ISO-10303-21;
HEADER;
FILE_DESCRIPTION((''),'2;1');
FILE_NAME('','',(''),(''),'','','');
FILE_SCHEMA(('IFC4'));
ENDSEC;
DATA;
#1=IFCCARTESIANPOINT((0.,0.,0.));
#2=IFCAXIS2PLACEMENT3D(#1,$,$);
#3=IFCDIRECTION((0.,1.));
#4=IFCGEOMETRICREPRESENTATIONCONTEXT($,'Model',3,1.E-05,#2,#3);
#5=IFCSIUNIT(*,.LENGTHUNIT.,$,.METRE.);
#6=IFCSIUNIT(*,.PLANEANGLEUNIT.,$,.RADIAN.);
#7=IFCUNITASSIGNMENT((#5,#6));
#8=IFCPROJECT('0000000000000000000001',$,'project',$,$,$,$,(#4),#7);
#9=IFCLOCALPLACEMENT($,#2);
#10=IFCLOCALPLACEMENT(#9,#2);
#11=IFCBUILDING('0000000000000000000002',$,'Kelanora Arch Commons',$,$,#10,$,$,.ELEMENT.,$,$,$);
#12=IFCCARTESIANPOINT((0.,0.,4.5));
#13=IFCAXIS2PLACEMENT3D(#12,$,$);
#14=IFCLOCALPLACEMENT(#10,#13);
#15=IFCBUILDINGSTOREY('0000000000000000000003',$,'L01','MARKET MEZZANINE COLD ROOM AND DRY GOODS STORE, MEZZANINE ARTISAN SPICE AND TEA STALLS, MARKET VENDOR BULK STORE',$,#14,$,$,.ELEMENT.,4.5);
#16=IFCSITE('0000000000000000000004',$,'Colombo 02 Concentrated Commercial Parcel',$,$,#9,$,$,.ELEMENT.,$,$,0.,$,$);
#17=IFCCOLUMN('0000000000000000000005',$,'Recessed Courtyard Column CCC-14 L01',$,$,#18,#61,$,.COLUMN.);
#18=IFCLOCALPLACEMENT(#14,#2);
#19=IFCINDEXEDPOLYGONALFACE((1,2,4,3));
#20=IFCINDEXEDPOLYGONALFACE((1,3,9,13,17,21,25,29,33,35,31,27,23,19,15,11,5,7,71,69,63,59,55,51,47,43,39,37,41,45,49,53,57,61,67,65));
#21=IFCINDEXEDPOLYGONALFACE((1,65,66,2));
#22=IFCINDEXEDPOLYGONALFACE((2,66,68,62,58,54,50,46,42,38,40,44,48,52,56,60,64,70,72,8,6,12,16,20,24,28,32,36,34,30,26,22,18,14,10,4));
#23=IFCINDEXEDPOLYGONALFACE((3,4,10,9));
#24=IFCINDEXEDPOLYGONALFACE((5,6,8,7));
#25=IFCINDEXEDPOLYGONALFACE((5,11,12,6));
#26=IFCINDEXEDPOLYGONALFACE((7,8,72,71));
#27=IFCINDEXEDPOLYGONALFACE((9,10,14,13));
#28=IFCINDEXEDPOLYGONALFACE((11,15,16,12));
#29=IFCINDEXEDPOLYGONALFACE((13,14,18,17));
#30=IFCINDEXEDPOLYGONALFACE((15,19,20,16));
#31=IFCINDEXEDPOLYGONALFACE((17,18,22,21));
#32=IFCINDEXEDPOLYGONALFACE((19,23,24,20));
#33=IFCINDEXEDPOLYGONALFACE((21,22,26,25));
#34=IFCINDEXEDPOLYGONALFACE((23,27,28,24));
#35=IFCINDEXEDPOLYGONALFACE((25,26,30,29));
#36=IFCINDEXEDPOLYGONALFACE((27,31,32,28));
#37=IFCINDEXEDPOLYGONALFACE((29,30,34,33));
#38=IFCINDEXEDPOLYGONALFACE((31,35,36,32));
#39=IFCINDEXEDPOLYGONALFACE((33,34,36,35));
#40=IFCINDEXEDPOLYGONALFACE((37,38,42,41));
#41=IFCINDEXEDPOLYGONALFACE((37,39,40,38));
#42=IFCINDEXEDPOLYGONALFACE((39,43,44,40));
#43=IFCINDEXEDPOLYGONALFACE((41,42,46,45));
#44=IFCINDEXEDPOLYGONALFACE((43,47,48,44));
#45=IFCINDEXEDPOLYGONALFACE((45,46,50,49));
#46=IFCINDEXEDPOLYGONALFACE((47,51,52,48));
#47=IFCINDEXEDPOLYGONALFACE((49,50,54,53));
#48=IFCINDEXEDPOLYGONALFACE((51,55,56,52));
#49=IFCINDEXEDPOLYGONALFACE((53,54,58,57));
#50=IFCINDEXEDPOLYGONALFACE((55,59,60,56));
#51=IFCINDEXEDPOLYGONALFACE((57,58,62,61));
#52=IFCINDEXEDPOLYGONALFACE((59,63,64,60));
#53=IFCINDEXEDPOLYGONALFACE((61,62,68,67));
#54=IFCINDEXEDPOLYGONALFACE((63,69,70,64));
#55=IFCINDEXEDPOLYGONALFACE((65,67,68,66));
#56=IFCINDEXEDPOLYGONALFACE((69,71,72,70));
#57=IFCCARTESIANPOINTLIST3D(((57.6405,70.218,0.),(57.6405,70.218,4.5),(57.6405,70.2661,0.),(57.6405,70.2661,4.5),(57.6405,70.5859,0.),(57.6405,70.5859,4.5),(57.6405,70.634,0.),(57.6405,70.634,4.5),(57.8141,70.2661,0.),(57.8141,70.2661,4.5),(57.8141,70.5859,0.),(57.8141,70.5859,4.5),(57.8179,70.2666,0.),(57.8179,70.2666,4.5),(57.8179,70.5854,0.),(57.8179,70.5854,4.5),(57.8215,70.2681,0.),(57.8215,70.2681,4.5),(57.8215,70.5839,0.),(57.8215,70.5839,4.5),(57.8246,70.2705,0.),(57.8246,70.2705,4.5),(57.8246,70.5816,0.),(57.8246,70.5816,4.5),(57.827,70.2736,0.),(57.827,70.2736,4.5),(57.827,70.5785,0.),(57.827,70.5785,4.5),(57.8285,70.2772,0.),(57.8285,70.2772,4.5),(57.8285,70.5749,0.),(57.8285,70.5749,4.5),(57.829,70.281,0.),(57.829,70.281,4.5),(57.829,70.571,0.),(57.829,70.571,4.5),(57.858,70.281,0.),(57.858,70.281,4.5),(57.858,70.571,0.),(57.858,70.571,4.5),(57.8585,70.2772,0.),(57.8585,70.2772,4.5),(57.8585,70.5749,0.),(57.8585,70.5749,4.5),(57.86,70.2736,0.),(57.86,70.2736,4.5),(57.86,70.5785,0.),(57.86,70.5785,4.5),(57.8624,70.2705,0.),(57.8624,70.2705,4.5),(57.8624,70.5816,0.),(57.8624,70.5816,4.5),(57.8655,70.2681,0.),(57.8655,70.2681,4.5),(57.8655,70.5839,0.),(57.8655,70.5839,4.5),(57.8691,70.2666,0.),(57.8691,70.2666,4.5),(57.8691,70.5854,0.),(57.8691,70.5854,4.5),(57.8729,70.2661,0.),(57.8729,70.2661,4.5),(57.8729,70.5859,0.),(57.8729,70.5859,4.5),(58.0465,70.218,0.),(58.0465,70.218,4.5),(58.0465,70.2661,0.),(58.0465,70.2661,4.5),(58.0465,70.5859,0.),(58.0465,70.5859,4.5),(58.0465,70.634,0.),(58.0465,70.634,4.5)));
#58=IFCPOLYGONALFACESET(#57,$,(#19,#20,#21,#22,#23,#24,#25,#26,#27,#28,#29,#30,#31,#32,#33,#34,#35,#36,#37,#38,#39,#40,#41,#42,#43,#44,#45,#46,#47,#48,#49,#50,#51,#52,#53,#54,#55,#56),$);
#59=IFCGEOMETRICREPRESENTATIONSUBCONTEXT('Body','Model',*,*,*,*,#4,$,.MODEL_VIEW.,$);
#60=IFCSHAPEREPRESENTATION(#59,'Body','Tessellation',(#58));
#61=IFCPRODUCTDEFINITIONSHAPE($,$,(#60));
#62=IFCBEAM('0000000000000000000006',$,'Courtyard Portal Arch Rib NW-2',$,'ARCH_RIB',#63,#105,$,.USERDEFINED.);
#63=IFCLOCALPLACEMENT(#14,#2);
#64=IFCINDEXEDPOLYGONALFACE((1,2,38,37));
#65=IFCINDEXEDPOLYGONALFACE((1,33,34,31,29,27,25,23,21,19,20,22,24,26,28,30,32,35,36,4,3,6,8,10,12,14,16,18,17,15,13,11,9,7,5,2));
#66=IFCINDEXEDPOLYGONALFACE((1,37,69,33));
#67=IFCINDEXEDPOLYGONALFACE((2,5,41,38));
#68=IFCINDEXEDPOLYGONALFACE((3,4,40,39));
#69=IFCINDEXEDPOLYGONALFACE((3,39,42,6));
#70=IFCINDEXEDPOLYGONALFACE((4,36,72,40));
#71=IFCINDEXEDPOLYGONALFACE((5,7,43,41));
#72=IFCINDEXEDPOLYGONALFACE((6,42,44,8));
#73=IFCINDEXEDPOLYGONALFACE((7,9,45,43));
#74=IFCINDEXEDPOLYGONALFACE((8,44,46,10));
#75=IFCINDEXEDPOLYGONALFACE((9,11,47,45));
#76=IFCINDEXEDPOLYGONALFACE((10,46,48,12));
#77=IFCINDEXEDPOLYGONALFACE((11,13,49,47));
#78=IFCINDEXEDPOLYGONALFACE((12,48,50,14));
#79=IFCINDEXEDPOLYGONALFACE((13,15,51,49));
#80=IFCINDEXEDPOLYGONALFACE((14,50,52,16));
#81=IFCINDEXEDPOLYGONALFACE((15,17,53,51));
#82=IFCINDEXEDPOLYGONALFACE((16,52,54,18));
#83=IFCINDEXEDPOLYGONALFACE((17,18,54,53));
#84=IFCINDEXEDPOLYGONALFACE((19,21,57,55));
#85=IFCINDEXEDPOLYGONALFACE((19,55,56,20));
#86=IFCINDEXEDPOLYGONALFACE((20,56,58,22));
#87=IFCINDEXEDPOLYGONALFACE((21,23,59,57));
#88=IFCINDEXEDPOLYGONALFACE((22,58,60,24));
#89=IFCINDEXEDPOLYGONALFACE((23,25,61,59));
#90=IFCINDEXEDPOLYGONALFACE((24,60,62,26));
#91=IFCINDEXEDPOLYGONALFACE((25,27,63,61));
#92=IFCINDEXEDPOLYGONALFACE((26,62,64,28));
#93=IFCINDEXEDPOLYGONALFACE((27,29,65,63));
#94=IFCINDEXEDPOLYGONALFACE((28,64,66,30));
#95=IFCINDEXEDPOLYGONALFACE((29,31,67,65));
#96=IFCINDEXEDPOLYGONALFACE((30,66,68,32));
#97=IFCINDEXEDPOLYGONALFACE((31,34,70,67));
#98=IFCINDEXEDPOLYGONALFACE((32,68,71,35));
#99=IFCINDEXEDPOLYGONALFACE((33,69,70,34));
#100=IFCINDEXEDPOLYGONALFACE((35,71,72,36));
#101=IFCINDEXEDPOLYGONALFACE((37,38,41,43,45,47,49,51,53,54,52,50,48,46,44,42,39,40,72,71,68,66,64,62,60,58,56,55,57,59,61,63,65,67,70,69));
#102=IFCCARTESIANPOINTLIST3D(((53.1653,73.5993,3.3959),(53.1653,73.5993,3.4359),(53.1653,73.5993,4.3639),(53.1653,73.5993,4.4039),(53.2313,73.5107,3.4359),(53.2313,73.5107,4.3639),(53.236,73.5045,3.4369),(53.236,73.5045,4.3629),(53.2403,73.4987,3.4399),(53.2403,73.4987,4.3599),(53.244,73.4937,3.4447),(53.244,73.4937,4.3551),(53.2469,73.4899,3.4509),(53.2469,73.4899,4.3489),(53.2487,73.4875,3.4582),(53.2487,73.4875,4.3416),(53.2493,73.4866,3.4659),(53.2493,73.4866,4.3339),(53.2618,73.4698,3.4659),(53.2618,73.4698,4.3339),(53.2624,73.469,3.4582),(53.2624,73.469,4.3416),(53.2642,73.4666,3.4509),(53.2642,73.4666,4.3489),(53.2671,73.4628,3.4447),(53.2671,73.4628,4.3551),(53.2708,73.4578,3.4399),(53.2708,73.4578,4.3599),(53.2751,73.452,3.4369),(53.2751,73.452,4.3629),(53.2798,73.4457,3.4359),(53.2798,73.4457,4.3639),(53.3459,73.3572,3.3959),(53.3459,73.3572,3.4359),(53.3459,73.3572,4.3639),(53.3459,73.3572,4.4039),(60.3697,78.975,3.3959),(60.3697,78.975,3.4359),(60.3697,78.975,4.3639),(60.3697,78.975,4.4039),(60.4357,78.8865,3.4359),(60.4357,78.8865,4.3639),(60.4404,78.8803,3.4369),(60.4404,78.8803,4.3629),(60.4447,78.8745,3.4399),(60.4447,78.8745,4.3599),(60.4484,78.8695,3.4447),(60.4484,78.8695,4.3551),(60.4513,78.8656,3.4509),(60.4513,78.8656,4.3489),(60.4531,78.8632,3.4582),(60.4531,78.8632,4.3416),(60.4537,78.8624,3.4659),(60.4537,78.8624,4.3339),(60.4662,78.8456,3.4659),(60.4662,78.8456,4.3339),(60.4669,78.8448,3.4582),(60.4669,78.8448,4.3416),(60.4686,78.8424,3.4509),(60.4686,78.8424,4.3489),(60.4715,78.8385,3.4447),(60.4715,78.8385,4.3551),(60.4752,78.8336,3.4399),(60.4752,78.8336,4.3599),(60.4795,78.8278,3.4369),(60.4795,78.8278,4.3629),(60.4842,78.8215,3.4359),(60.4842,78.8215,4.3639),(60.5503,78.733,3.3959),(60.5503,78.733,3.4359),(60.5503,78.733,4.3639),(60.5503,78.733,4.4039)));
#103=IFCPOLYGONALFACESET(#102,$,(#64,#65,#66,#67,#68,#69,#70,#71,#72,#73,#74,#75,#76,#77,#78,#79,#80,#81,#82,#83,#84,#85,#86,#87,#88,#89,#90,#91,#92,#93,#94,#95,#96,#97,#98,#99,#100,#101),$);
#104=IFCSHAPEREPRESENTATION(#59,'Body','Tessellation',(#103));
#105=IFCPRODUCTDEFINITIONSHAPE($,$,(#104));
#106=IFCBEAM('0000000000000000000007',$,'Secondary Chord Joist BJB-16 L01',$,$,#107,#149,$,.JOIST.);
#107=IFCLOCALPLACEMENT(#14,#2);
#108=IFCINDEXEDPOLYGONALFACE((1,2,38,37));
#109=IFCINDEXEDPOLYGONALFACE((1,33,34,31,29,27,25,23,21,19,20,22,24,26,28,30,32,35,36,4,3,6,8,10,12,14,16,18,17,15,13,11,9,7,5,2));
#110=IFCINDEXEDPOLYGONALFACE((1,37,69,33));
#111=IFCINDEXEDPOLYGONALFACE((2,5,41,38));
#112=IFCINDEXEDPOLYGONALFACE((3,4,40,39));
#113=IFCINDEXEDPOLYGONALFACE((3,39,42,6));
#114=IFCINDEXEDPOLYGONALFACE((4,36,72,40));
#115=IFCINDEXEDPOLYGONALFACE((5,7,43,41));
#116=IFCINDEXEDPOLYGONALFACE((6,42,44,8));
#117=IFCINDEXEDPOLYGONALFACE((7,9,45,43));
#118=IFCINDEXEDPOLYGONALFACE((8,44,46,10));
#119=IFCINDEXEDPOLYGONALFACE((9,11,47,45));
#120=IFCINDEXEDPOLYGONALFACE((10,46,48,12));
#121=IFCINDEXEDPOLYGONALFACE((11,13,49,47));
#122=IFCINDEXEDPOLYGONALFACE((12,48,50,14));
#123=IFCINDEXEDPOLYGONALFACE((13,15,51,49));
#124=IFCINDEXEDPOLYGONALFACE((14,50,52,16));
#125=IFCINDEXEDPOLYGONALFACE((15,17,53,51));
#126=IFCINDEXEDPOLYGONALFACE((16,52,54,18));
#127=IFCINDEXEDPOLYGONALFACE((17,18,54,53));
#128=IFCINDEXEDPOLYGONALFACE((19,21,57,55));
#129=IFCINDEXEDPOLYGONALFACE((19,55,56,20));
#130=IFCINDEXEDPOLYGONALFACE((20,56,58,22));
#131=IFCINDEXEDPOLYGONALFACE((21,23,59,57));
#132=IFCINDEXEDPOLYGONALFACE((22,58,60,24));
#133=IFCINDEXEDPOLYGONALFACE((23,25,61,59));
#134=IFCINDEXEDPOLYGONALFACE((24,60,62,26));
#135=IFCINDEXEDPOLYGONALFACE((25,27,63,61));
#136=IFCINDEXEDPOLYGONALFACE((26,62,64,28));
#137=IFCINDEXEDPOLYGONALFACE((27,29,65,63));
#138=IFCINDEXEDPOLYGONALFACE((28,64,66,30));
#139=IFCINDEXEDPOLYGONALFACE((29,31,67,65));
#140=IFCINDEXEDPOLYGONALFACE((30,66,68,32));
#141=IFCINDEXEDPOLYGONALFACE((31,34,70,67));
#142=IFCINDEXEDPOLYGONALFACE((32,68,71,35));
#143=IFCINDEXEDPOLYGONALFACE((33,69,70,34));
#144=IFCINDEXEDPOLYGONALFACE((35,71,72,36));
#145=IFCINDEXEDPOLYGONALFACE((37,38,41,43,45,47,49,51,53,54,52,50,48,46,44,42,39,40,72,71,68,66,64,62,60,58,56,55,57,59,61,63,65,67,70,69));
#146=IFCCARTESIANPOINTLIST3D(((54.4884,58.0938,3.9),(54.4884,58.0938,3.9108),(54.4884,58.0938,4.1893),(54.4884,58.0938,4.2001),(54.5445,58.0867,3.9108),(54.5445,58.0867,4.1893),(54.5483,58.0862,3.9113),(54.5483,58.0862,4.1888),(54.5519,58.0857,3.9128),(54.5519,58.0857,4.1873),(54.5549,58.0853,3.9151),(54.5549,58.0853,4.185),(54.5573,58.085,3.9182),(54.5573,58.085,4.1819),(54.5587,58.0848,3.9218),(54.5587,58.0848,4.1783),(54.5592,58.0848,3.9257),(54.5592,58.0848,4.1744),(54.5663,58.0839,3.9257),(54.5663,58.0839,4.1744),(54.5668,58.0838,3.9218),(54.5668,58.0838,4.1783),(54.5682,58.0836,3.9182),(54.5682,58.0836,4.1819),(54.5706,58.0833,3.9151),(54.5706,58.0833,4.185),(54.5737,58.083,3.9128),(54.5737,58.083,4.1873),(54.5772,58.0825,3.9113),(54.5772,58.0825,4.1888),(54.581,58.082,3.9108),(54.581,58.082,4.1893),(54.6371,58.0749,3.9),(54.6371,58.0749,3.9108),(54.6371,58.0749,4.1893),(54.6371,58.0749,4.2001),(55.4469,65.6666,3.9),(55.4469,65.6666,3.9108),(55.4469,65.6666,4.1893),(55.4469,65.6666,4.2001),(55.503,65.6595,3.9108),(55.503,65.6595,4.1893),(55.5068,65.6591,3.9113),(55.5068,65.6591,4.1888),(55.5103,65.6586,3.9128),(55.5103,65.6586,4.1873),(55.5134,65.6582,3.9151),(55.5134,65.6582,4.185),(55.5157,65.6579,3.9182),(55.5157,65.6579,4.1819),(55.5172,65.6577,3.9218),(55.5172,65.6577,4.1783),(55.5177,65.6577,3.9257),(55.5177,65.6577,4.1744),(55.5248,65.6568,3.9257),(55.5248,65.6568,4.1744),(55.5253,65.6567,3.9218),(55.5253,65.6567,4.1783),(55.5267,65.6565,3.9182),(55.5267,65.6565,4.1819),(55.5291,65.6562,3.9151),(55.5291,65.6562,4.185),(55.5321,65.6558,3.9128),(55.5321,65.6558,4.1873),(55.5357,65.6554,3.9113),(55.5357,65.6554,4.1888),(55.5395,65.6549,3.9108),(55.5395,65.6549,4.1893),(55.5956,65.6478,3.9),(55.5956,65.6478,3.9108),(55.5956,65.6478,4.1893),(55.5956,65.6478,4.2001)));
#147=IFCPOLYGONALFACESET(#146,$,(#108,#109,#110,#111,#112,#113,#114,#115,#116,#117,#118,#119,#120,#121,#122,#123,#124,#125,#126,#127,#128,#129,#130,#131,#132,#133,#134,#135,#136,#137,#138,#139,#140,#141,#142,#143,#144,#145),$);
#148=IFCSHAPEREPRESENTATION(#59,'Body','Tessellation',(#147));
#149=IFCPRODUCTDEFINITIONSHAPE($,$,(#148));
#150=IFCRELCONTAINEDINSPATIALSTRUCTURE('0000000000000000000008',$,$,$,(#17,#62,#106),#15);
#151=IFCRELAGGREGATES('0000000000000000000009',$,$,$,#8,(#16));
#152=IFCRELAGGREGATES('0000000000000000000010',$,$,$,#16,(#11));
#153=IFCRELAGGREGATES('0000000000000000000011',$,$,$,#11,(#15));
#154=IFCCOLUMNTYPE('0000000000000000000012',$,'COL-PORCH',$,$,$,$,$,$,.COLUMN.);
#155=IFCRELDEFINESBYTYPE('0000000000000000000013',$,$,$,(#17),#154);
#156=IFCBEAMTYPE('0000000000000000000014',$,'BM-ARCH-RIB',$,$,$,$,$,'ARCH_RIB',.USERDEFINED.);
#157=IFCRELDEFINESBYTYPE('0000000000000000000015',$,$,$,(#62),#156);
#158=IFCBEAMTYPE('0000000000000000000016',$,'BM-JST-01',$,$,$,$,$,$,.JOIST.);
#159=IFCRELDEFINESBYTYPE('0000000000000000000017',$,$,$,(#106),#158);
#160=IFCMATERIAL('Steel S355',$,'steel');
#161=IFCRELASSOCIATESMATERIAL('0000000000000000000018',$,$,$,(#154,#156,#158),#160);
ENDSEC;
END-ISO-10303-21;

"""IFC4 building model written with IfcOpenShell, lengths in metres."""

from ifc_helpers import new_model, si_unit, direction, frame, origin, origin_2d, place, context, subcontext, project, spatial, i_section, extrude, material, material_profile, profile_set, type_object, element, save


model = new_model("IFC4")

# Units and contexts
model_context = context("Model", 3, precision=1e-05, world=origin(), true_north=direction((0.0, 1.0)))
body_context = subcontext(model_context, "Body", "Model", "MODEL_VIEW")
ifc_project = project(units=[si_unit("LENGTHUNIT", "METRE"), si_unit("PLANEANGLEUNIT", "RADIAN")], contexts=[model_context])

# Site, building, storey
site_placement = place(None, origin())
site = spatial("IfcSite", under=ifc_project, at=site_placement, Name="Colombo 02 Concentrated Commercial Parcel", CompositionType="ELEMENT", RefElevation=0.0)
building_placement = place(site_placement, origin())
building = spatial("IfcBuilding", under=site, at=building_placement, Name="Kelanora Arch Commons", CompositionType="ELEMENT")
storey_placement = place(building_placement, frame((0.0, 0.0, 4.5)))
storey = spatial("IfcBuildingStorey", under=building, at=storey_placement, Name="L01", Description="MARKET MEZZANINE COLD ROOM AND DRY GOODS STORE, MEZZANINE ARTISAN SPICE AND TEA STALLS, MARKET VENDOR BULK STORE", CompositionType="ELEMENT", Elevation=4.5)

# Column
ifc_material_1 = material(Name="Steel S355", Category="steel")
ifc_material_profile_1 = material_profile(ifc_material_1, i_section(OverallWidth=0.406, OverallDepth=0.416, WebThickness=0.0291, FlangeThickness=0.0481, FilletRadius=0.0149, at=origin_2d()), Name="HD400x382")
ifc_profile_set_1 = profile_set([ifc_material_profile_1], Name="Steel S355")
column_type = type_object("IfcColumnType", Name="COL-PORCH", PredefinedType="COLUMN", material=ifc_profile_set_1)
column_placement = place(storey_placement, frame((57.8435, 70.426, 0.0), z_axis=(0.0, 0.0, 1.0), x_axis=(1.0, 0.0, 0.0)))
element("IfcColumn", 1, at=column_placement, inside=storey, type_object=column_type, Name="Recessed Courtyard Column CCC-14 L01", PredefinedType="COLUMN", context=body_context, shape_type="SweptSolid", body=[
    extrude(i_section(OverallWidth=0.406, OverallDepth=0.416, WebThickness=0.0291, FlangeThickness=0.0481, FilletRadius=0.0149, at=origin_2d()), origin(), (0.0, 0.0, 1.0), 4.5),
])

# Beams
ifc_material_profile_2 = material_profile(ifc_material_1, i_section(OverallWidth=0.302, OverallDepth=1.0081, WebThickness=0.021, FlangeThickness=0.04, FilletRadius=0.03, at=origin_2d()), Name="HEM1000")
ifc_profile_set_2 = profile_set([ifc_material_profile_2], Name="Steel S355")
beam_type_1 = type_object("IfcBeamType", Name="BM-ARCH-RIB", ElementType="ARCH_RIB", PredefinedType="USERDEFINED", material=ifc_profile_set_2)
beam_1_placement = place(storey_placement, frame((60.46, 78.854, 3.8999), z_axis=(-0.801468, -0.598038, 0.0), x_axis=(0.598038, -0.801468, 0.0)))
element("IfcBeam", 2, at=beam_1_placement, inside=storey, type_object=beam_type_1, Name="Courtyard Portal Arch Rib NW-2", ObjectType="ARCH_RIB", PredefinedType="USERDEFINED", context=body_context, shape_type="SweptSolid", body=[
    extrude(i_section(OverallWidth=0.302, OverallDepth=1.0081, WebThickness=0.021, FlangeThickness=0.04, FilletRadius=0.03, at=origin_2d()), origin(), (0.0, 0.0, 1.0), 8.989),
])
ifc_material_profile_3 = material_profile(ifc_material_1, i_section(OverallWidth=0.1499, OverallDepth=0.3, WebThickness=0.0071, FlangeThickness=0.0107, FilletRadius=0.0149, at=origin_2d()), Name="IPE300")
ifc_profile_set_3 = profile_set([ifc_material_profile_3], Name="Steel S355")
beam_type_2 = type_object("IfcBeamType", Name="BM-JST-01", PredefinedType="JOIST", material=ifc_profile_set_3)
beam_2_placement = place(storey_placement, frame((55.5212, 65.6572, 4.05), z_axis=(-0.125566, -0.992085, 0.0), x_axis=(0.992085, -0.125566, 0.0)))
element("IfcBeam", 3, at=beam_2_placement, inside=storey, type_object=beam_type_2, Name="Secondary Chord Joist BJB-16 L01", PredefinedType="JOIST", context=body_context, shape_type="SweptSolid", body=[
    extrude(i_section(OverallWidth=0.1499, OverallDepth=0.3, WebThickness=0.0071, FlangeThickness=0.0107, FilletRadius=0.0149, at=origin_2d()), origin(), (0.0, 0.0, 1.0), 7.6333),
])

save(model, "model.ifc")
